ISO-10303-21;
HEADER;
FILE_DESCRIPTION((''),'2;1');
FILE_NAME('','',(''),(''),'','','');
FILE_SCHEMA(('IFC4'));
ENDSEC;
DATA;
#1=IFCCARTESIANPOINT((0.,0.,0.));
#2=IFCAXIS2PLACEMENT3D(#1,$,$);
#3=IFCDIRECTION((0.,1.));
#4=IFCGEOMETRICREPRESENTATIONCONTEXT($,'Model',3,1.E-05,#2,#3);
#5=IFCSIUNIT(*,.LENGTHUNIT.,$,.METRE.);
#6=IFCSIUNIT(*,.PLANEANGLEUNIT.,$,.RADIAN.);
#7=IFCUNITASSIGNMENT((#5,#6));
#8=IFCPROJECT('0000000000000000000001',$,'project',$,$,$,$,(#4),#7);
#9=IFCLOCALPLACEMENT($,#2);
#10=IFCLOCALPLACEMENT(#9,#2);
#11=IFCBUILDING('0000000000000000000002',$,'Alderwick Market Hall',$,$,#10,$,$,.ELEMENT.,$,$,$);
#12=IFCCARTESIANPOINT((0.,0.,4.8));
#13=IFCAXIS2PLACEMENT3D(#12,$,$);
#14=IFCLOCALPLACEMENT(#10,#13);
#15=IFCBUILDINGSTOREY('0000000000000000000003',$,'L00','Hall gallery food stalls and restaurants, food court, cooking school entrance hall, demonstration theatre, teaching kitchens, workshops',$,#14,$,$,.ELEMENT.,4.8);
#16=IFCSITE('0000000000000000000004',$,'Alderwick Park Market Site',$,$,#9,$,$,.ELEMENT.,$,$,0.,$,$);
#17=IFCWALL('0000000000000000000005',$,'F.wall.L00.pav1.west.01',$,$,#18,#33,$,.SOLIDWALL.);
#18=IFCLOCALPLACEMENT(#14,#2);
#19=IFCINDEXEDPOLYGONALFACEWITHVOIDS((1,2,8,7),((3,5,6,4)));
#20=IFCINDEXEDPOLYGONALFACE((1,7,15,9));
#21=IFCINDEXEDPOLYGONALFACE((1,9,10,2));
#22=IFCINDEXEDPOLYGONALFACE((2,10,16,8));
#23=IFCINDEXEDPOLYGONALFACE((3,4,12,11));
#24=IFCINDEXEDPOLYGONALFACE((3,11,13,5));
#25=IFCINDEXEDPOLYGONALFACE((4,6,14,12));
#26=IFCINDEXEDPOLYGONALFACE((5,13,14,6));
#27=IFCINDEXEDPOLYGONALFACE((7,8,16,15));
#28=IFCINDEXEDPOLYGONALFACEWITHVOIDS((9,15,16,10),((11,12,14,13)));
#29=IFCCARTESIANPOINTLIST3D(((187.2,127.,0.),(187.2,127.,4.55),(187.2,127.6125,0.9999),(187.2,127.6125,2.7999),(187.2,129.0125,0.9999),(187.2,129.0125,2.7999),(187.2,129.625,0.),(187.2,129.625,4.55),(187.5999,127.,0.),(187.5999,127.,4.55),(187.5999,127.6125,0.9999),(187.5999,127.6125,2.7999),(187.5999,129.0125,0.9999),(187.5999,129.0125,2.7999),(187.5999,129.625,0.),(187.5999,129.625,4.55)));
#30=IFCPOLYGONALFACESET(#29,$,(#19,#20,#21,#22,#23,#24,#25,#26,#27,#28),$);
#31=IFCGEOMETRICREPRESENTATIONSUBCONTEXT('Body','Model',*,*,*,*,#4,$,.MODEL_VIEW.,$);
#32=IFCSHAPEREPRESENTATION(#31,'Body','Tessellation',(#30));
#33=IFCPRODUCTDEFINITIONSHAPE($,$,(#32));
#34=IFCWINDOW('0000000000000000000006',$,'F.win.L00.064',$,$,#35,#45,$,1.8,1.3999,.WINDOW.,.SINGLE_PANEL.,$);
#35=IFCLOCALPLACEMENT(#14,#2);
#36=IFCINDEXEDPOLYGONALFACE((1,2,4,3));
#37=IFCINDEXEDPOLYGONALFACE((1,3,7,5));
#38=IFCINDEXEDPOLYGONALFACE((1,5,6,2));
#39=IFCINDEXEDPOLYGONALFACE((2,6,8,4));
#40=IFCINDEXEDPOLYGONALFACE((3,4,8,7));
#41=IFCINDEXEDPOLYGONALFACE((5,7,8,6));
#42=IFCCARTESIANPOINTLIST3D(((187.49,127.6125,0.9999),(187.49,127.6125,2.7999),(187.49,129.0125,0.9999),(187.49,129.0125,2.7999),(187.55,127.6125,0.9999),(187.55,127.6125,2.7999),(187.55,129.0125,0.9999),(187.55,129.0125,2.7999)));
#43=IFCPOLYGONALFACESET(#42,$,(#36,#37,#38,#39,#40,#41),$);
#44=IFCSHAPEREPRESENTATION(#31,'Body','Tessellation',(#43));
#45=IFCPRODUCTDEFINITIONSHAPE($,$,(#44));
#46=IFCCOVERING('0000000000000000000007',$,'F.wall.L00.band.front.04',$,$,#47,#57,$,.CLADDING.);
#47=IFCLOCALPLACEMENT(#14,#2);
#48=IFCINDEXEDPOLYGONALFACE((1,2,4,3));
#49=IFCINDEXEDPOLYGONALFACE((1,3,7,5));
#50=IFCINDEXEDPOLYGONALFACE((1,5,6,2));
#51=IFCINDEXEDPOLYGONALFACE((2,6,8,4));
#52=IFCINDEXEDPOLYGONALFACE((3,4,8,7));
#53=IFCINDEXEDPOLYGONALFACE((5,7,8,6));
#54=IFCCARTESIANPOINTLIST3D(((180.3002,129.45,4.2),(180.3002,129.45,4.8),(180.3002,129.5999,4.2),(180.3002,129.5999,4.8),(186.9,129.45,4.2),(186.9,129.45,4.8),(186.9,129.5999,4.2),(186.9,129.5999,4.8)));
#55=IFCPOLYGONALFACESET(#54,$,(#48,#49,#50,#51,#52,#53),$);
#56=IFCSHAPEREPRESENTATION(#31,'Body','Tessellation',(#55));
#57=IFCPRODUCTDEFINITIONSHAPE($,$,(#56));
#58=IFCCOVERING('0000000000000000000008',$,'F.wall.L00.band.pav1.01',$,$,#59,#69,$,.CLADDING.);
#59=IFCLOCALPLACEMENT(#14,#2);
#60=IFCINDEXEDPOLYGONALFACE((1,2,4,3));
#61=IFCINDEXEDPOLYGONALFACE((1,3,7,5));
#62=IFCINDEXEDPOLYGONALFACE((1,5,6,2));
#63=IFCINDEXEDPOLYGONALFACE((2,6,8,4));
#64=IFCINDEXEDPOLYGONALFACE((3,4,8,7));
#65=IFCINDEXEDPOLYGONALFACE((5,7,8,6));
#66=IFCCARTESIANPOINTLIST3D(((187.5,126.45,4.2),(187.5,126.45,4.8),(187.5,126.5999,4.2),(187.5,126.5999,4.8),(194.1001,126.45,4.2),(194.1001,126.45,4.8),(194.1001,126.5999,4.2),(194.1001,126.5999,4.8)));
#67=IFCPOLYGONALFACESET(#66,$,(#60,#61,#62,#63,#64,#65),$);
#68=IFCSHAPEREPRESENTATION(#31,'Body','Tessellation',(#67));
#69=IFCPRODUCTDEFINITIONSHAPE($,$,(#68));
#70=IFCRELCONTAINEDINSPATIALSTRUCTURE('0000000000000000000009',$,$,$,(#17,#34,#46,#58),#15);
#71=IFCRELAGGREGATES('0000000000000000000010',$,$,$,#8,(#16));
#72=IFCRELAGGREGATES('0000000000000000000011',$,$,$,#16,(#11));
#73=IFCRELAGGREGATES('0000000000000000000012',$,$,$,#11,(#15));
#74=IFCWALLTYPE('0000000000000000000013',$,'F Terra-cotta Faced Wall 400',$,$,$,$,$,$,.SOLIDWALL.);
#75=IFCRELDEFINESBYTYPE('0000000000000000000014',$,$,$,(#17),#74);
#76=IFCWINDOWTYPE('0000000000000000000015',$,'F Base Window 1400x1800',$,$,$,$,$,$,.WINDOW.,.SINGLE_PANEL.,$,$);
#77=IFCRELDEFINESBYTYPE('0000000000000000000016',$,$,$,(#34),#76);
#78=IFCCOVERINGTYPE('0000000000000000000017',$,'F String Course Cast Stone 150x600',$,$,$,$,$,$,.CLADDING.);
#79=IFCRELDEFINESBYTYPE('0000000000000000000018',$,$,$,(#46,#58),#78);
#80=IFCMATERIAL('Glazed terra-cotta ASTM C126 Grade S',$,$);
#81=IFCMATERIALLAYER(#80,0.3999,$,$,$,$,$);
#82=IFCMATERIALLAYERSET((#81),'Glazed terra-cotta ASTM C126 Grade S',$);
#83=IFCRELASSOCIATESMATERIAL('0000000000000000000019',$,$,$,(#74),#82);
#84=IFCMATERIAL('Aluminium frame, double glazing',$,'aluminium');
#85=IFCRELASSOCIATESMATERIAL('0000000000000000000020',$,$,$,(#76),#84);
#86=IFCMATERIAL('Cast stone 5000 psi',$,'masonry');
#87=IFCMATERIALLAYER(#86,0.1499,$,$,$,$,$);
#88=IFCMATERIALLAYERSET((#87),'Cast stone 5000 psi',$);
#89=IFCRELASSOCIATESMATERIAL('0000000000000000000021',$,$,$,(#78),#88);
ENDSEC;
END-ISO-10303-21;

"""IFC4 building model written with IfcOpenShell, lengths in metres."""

from ifc_helpers import new_model, si_unit, direction, frame, frame_2d, origin, place, context, subcontext, project, spatial, rectangle, extrude, material, layer, layer_set, type_object, element, fill, save


model = new_model("IFC4")

# Units and contexts
model_context = context("Model", 3, precision=1e-05, world=origin(), true_north=direction((0.0, 1.0)))
body_context = subcontext(model_context, "Body", "Model", "MODEL_VIEW")
ifc_project = project(units=[si_unit("LENGTHUNIT", "METRE"), si_unit("PLANEANGLEUNIT", "RADIAN")], contexts=[model_context])

# Site, building, storey
site_placement = place(None, origin())
site = spatial("IfcSite", under=ifc_project, at=site_placement, Name="Alderwick Park Market Site", CompositionType="ELEMENT", RefElevation=0.0)
building_placement = place(site_placement, origin())
building = spatial("IfcBuilding", under=site, at=building_placement, Name="Alderwick Market Hall", CompositionType="ELEMENT")
storey_placement = place(building_placement, frame((0.0, 0.0, 4.8)))
storey = spatial("IfcBuildingStorey", under=building, at=storey_placement, Name="L00", Description="Hall gallery food stalls and restaurants, food court, cooking school entrance hall, demonstration theatre, teaching kitchens, workshops", CompositionType="ELEMENT", Elevation=4.8)

# Shared definitions
ifc_material_1 = material(Name="Cast stone 5000 psi", Category="masonry")

# Shared definitions
ifc_material_2 = material(Name="Glazed terra-cotta ASTM C126 Grade S")
ifc_layer_1 = layer(ifc_material_2, 0.3999)
ifc_layer_set_1 = layer_set([ifc_layer_1], Name="Glazed terra-cotta ASTM C126 Grade S")
wall_type_1 = type_object("IfcWallType", Name="F Terra-cotta Faced Wall 400", PredefinedType="SOLIDWALL", material=ifc_layer_set_1)
ifc_material_3 = material(Name="Aluminium frame, double glazing", Category="aluminium")
window_type = type_object("IfcWindowType", Name="F Base Window 1400x1800", PartitioningType="SINGLE_PANEL", PredefinedType="WINDOW", material=ifc_material_3)

# Wall, opening, window
wall_1_placement = place(storey_placement, frame((187.3999, 127.0, 0.0), z_axis=(0.0, 0.0, 1.0), x_axis=(0.0, 1.0, 0.0)))
wall_1 = element("IfcWall", 1, at=wall_1_placement, inside=storey, type_object=wall_type_1, Name="F.wall.L00.pav1.west.01", PredefinedType="SOLIDWALL", context=body_context, shape_type="SweptSolid", body=[
    extrude(rectangle(XDim=2.625, YDim=0.3999, at=frame_2d((1.3125, 0.0))), origin(), (0.0, 0.0, 1.0), 4.55),
])
opening_1_placement = place(wall_1_placement, frame((0.6125, 0.0, 1.0)))
opening_1 = element("IfcOpeningElement", 2, at=opening_1_placement, cuts=wall_1, PredefinedType="OPENING", context=body_context, shape_type="SweptSolid", body=[
    extrude(rectangle(XDim=1.3999, YDim=1.8, at=frame_2d((0.7, 0.8999))), frame((0.0, 0.21, 0.0), z_axis=(0.0, -1.0, 0.0), x_axis=(1.0, 0.0, 0.0)), (0.0, 0.0, 1.0), 0.4199),
])
window_1_placement = place(opening_1_placement, origin())
window_1 = element("IfcWindow", 3, at=window_1_placement, inside=storey, type_object=window_type, Name="F.win.L00.064", OverallHeight=1.8, OverallWidth=1.3999, PartitioningType="SINGLE_PANEL", PredefinedType="WINDOW", context=body_context, shape_type="SweptSolid", body=[
    extrude(rectangle(XDim=1.3999, YDim=1.8, at=frame_2d((0.7, 0.8999))), frame((0.0, -0.0901, 0.0), z_axis=(0.0, -1.0, 0.0), x_axis=(1.0, 0.0, 0.0)), (0.0, 0.0, 1.0), 0.0601),
])
fill(opening_1, window_1)

# Coverings
ifc_layer_2 = layer(ifc_material_1, 0.1499)
ifc_layer_set_2 = layer_set([ifc_layer_2], Name="Cast stone 5000 psi")
covering_type = type_object("IfcCoveringType", Name="F String Course Cast Stone 150x600", PredefinedType="CLADDING", material=ifc_layer_set_2)
covering_1_placement = place(storey_placement, frame((186.8999, 129.5249, 4.2), z_axis=(0.0, 0.0, 1.0), x_axis=(-1.0, 0.0, 0.0)))
element("IfcCovering", 4, at=covering_1_placement, inside=storey, type_object=covering_type, Name="F.wall.L00.band.front.04", PredefinedType="CLADDING", context=body_context, shape_type="SweptSolid", body=[
    extrude(rectangle(XDim=6.5999, YDim=0.1499, at=frame_2d((3.2998, 0.0))), origin(), (0.0, 0.0, 1.0), 0.6001),
])
covering_2_placement = place(storey_placement, frame((194.1001, 126.5249, 4.2), z_axis=(0.0, 0.0, 1.0), x_axis=(-1.0, 0.0, 0.0)))
element("IfcCovering", 5, at=covering_2_placement, inside=storey, type_object=covering_type, Name="F.wall.L00.band.pav1.01", PredefinedType="CLADDING", context=body_context, shape_type="SweptSolid", body=[
    extrude(rectangle(XDim=6.6001, YDim=0.1499, at=frame_2d((3.3, 0.0))), origin(), (0.0, 0.0, 1.0), 0.6001),
])

save(model, "model.ifc")
